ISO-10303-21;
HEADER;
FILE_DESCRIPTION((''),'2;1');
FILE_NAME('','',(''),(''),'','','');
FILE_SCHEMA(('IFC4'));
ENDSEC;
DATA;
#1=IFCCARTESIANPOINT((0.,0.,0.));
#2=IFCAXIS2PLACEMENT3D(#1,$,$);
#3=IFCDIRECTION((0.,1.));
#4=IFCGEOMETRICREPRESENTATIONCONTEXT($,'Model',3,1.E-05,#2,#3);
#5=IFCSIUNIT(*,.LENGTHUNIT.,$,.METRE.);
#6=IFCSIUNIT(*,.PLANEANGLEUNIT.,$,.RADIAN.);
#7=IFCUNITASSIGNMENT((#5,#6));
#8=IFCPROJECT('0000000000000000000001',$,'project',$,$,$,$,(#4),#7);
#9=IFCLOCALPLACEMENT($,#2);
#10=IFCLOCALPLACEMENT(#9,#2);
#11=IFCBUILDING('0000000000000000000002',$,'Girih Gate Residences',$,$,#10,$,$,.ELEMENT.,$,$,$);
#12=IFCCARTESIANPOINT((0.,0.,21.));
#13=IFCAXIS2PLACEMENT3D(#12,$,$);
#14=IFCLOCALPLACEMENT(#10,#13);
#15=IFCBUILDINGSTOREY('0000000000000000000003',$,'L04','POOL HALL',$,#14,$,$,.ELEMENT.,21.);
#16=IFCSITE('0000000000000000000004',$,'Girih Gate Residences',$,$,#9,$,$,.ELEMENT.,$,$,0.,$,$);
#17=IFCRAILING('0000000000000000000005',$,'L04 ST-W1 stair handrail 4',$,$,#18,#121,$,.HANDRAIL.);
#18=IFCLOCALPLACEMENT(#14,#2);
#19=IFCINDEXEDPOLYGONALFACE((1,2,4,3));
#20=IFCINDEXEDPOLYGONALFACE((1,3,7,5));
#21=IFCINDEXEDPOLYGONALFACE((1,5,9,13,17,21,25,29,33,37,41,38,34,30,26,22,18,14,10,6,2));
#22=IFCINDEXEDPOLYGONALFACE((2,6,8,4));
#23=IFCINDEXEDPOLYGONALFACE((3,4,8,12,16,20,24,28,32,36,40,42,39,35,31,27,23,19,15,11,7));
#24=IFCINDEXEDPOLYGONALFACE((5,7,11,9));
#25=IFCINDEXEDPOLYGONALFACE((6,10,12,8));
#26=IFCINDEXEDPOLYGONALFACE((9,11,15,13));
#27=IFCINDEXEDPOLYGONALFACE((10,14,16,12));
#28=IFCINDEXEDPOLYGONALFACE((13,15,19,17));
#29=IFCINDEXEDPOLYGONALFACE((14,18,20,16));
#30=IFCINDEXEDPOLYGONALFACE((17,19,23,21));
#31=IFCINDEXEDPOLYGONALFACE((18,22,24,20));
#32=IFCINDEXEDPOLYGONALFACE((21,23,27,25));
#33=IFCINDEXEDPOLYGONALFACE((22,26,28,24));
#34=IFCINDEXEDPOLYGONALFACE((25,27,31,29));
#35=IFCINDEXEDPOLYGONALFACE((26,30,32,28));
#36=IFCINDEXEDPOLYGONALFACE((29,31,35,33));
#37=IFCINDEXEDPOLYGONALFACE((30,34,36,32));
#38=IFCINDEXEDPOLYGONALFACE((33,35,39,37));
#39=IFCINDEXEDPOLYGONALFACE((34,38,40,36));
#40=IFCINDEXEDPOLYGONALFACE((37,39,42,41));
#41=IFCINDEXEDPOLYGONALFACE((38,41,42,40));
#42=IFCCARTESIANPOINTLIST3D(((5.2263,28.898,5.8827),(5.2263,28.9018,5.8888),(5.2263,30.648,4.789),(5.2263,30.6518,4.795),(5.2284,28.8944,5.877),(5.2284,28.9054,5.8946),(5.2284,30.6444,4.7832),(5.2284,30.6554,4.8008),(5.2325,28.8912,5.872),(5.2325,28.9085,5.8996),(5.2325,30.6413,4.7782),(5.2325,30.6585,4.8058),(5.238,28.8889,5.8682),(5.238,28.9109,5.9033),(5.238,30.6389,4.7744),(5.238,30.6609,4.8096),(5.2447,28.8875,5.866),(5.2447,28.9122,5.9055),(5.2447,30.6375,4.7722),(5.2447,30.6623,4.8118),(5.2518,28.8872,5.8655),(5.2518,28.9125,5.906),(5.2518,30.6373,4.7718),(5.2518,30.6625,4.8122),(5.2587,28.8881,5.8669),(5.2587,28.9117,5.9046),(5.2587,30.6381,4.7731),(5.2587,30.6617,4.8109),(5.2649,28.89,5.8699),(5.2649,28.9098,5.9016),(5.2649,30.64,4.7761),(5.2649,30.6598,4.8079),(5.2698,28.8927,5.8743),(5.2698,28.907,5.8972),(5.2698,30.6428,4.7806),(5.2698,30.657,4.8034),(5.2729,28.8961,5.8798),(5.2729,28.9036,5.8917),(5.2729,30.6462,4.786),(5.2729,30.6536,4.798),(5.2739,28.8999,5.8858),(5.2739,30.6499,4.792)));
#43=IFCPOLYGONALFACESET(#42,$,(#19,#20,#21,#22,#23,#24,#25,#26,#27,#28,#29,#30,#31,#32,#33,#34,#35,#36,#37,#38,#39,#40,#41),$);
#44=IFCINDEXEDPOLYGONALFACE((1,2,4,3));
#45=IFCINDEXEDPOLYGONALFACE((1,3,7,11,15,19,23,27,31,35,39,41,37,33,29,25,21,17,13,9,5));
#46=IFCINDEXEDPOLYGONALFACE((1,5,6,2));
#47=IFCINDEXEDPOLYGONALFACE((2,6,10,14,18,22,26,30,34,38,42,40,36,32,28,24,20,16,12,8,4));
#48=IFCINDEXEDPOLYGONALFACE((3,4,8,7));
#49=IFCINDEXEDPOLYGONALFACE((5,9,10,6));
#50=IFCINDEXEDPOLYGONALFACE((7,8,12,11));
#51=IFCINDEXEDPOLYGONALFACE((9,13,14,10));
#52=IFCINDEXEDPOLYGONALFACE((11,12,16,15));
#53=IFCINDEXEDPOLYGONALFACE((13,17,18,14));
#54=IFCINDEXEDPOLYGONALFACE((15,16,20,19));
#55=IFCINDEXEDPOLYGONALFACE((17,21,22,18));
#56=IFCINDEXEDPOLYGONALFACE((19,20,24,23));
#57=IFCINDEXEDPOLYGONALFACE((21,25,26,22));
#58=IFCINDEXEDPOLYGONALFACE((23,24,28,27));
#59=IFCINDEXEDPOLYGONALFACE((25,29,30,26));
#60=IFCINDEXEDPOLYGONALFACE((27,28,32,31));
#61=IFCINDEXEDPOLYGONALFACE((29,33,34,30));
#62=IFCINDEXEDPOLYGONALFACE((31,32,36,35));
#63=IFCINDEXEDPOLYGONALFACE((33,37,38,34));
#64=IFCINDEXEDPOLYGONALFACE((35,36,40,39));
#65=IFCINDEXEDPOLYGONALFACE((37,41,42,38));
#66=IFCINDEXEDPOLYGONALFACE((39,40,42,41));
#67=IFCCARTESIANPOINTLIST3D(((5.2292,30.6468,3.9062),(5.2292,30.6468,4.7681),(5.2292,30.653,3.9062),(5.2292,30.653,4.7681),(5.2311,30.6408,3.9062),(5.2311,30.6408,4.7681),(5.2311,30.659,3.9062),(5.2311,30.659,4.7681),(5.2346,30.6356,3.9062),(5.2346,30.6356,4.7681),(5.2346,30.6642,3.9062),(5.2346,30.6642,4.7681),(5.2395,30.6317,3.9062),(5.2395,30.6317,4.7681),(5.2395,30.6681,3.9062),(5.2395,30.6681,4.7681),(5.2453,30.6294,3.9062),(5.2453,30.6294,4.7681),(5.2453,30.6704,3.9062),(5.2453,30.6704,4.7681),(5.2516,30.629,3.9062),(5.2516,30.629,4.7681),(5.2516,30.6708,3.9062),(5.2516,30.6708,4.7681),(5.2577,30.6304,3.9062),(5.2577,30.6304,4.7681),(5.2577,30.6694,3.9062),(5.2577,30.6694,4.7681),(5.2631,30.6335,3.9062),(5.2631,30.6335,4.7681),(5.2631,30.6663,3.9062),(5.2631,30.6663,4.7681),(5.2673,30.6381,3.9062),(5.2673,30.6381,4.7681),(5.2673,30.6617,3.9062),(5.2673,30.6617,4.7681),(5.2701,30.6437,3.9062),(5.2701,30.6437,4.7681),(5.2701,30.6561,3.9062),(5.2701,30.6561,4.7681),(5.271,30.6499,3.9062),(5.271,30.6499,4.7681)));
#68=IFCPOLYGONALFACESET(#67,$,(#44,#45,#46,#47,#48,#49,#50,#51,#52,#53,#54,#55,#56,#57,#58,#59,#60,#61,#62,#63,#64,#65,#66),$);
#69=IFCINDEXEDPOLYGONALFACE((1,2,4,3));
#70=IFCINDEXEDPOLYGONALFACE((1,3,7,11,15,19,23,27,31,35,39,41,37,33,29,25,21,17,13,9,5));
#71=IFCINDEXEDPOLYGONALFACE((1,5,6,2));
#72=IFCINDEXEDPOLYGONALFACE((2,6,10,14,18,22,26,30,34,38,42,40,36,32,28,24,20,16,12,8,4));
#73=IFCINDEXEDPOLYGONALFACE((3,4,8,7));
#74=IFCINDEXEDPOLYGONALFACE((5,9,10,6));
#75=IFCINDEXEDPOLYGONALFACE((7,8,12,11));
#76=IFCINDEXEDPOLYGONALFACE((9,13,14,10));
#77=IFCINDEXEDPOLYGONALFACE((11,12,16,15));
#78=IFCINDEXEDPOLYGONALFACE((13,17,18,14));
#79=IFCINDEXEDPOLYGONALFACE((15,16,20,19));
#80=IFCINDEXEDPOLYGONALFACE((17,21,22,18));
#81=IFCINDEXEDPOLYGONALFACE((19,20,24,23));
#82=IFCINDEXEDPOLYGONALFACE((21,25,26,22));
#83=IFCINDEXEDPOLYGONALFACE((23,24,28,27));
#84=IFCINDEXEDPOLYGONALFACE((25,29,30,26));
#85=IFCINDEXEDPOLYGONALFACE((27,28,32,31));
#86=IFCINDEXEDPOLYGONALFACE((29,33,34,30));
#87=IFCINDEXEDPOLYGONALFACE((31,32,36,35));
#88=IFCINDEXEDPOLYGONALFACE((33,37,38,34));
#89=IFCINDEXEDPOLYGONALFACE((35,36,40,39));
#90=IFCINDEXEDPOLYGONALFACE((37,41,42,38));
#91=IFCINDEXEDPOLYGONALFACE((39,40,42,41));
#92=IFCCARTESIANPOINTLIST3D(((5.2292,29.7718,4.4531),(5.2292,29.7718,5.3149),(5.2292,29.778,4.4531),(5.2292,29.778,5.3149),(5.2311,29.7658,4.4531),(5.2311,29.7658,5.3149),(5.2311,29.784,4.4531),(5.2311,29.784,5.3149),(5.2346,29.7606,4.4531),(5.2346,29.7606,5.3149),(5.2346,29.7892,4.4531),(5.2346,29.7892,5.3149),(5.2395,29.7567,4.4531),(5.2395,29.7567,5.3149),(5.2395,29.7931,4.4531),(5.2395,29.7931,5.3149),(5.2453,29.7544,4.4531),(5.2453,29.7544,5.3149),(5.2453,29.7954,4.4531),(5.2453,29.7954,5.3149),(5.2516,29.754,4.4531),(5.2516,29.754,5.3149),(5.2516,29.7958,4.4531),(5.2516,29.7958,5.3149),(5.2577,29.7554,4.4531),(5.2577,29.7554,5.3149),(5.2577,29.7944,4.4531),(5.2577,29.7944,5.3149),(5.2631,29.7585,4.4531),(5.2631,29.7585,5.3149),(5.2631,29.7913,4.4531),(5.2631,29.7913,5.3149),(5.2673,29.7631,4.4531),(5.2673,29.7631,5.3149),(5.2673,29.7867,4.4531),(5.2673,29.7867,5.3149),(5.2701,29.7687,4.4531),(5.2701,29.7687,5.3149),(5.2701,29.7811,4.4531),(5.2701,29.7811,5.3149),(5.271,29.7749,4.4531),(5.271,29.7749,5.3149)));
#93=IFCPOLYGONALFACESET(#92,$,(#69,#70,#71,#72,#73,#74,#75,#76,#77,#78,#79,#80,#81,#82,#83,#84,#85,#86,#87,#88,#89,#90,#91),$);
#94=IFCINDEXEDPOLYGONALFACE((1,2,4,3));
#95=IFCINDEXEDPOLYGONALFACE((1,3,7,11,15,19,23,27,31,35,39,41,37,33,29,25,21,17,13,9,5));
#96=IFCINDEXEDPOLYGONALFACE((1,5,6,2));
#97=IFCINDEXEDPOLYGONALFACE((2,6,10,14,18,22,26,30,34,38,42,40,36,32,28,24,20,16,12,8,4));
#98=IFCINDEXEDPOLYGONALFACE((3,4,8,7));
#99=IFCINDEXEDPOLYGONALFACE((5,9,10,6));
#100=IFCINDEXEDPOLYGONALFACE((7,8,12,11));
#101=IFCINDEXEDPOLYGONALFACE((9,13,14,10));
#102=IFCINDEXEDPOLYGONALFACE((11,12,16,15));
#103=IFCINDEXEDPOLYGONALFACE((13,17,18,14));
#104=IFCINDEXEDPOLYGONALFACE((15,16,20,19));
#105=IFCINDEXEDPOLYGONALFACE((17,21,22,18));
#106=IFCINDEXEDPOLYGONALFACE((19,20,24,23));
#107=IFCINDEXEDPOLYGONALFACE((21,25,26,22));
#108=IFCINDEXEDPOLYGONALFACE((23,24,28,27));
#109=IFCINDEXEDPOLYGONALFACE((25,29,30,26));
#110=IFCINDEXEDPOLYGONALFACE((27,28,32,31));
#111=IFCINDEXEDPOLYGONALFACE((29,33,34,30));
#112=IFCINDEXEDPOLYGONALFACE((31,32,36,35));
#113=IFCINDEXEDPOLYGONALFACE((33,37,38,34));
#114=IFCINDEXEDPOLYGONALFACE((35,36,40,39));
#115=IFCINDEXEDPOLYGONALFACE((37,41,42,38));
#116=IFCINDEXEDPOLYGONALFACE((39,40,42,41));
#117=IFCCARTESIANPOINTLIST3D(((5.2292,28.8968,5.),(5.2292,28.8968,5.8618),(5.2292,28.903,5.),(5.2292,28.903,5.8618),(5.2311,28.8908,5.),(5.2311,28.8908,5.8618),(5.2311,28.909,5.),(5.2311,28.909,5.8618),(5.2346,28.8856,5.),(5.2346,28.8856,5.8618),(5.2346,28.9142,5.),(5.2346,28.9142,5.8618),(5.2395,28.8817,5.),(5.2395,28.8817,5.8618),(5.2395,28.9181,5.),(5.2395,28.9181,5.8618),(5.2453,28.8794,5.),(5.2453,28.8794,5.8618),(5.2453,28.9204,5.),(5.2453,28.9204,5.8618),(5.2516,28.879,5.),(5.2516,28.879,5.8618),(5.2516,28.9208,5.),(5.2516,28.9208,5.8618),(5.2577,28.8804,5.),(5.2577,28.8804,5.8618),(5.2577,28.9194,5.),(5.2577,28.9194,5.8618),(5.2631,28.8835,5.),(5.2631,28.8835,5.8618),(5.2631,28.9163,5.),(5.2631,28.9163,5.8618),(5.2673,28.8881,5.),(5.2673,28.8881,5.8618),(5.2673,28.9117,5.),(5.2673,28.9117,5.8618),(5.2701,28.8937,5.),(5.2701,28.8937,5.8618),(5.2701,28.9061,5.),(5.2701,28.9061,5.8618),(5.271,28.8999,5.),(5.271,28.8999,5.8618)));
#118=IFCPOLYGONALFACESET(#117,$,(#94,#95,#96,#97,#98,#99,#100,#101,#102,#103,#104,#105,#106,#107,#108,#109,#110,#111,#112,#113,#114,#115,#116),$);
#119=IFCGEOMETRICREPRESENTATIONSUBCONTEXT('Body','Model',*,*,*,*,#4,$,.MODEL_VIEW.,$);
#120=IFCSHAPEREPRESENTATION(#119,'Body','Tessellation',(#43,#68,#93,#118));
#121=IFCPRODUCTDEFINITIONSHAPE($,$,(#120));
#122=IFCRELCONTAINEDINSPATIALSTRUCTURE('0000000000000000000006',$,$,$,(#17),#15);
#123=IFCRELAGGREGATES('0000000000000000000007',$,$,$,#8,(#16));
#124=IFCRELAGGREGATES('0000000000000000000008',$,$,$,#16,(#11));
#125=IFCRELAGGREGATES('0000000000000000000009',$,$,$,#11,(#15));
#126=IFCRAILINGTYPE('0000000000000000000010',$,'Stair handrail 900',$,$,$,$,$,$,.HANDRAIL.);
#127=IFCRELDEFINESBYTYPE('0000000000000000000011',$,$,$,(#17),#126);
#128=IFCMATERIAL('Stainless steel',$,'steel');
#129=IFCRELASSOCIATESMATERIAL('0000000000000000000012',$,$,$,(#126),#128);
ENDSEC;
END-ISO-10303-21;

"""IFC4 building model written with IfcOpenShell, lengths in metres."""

from ifc_helpers import new_model, si_unit, direction, frame, origin, origin_2d, place, context, subcontext, project, spatial, circle, extrude, material, type_object, element, save


model = new_model("IFC4")

# Units and contexts
model_context = context("Model", 3, precision=1e-05, world=origin(), true_north=direction((0.0, 1.0)))
body_context = subcontext(model_context, "Body", "Model", "MODEL_VIEW")
ifc_project = project(units=[si_unit("LENGTHUNIT", "METRE"), si_unit("PLANEANGLEUNIT", "RADIAN")], contexts=[model_context])

# Site, building, storey
site_placement = place(None, origin())
site = spatial("IfcSite", under=ifc_project, at=site_placement, Name="Girih Gate Residences", CompositionType="ELEMENT", RefElevation=0.0)
building_placement = place(site_placement, origin())
building = spatial("IfcBuilding", under=site, at=building_placement, Name="Girih Gate Residences", CompositionType="ELEMENT")
storey_placement = place(building_placement, frame((0.0, 0.0, 21.0)))
storey = spatial("IfcBuildingStorey", under=building, at=storey_placement, Name="L04", Description="POOL HALL", CompositionType="ELEMENT", Elevation=21.0)

# Railing
ifc_material_1 = material(Name="Stainless steel", Category="steel")
railing_type_1 = type_object("IfcRailingType", Name="Stair handrail 900", PredefinedType="HANDRAIL", material=ifc_material_1)
railing_1_placement = place(storey_placement, frame((5.25, 30.6499, 3.9062)))
element("IfcRailing", 1, at=railing_1_placement, inside=storey, type_object=railing_type_1, Name="L04 ST-W1 stair handrail 4", PredefinedType="HANDRAIL", context=body_context, shape_type="SweptSolid", body=[
    extrude(circle(Radius=0.0239, at=origin_2d()), frame((0.0, 0.0, 0.8857), z_axis=(0.0, -0.847998, 0.529999), x_axis=(1.0, 0.0, 0.0)), (0.0, 0.0, 1.0), 2.0637),
    extrude(circle(Radius=0.021, at=origin_2d()), origin(), (0.0, 0.0, 1.0), 0.8618),
    extrude(circle(Radius=0.021, at=origin_2d()), frame((0.0, -0.875, 0.5469)), (0.0, 0.0, 1.0), 0.8618),
    extrude(circle(Radius=0.021, at=origin_2d()), frame((0.0, -1.75, 1.0938)), (0.0, 0.0, 1.0), 0.8618),
])

save(model, "model.ifc")
